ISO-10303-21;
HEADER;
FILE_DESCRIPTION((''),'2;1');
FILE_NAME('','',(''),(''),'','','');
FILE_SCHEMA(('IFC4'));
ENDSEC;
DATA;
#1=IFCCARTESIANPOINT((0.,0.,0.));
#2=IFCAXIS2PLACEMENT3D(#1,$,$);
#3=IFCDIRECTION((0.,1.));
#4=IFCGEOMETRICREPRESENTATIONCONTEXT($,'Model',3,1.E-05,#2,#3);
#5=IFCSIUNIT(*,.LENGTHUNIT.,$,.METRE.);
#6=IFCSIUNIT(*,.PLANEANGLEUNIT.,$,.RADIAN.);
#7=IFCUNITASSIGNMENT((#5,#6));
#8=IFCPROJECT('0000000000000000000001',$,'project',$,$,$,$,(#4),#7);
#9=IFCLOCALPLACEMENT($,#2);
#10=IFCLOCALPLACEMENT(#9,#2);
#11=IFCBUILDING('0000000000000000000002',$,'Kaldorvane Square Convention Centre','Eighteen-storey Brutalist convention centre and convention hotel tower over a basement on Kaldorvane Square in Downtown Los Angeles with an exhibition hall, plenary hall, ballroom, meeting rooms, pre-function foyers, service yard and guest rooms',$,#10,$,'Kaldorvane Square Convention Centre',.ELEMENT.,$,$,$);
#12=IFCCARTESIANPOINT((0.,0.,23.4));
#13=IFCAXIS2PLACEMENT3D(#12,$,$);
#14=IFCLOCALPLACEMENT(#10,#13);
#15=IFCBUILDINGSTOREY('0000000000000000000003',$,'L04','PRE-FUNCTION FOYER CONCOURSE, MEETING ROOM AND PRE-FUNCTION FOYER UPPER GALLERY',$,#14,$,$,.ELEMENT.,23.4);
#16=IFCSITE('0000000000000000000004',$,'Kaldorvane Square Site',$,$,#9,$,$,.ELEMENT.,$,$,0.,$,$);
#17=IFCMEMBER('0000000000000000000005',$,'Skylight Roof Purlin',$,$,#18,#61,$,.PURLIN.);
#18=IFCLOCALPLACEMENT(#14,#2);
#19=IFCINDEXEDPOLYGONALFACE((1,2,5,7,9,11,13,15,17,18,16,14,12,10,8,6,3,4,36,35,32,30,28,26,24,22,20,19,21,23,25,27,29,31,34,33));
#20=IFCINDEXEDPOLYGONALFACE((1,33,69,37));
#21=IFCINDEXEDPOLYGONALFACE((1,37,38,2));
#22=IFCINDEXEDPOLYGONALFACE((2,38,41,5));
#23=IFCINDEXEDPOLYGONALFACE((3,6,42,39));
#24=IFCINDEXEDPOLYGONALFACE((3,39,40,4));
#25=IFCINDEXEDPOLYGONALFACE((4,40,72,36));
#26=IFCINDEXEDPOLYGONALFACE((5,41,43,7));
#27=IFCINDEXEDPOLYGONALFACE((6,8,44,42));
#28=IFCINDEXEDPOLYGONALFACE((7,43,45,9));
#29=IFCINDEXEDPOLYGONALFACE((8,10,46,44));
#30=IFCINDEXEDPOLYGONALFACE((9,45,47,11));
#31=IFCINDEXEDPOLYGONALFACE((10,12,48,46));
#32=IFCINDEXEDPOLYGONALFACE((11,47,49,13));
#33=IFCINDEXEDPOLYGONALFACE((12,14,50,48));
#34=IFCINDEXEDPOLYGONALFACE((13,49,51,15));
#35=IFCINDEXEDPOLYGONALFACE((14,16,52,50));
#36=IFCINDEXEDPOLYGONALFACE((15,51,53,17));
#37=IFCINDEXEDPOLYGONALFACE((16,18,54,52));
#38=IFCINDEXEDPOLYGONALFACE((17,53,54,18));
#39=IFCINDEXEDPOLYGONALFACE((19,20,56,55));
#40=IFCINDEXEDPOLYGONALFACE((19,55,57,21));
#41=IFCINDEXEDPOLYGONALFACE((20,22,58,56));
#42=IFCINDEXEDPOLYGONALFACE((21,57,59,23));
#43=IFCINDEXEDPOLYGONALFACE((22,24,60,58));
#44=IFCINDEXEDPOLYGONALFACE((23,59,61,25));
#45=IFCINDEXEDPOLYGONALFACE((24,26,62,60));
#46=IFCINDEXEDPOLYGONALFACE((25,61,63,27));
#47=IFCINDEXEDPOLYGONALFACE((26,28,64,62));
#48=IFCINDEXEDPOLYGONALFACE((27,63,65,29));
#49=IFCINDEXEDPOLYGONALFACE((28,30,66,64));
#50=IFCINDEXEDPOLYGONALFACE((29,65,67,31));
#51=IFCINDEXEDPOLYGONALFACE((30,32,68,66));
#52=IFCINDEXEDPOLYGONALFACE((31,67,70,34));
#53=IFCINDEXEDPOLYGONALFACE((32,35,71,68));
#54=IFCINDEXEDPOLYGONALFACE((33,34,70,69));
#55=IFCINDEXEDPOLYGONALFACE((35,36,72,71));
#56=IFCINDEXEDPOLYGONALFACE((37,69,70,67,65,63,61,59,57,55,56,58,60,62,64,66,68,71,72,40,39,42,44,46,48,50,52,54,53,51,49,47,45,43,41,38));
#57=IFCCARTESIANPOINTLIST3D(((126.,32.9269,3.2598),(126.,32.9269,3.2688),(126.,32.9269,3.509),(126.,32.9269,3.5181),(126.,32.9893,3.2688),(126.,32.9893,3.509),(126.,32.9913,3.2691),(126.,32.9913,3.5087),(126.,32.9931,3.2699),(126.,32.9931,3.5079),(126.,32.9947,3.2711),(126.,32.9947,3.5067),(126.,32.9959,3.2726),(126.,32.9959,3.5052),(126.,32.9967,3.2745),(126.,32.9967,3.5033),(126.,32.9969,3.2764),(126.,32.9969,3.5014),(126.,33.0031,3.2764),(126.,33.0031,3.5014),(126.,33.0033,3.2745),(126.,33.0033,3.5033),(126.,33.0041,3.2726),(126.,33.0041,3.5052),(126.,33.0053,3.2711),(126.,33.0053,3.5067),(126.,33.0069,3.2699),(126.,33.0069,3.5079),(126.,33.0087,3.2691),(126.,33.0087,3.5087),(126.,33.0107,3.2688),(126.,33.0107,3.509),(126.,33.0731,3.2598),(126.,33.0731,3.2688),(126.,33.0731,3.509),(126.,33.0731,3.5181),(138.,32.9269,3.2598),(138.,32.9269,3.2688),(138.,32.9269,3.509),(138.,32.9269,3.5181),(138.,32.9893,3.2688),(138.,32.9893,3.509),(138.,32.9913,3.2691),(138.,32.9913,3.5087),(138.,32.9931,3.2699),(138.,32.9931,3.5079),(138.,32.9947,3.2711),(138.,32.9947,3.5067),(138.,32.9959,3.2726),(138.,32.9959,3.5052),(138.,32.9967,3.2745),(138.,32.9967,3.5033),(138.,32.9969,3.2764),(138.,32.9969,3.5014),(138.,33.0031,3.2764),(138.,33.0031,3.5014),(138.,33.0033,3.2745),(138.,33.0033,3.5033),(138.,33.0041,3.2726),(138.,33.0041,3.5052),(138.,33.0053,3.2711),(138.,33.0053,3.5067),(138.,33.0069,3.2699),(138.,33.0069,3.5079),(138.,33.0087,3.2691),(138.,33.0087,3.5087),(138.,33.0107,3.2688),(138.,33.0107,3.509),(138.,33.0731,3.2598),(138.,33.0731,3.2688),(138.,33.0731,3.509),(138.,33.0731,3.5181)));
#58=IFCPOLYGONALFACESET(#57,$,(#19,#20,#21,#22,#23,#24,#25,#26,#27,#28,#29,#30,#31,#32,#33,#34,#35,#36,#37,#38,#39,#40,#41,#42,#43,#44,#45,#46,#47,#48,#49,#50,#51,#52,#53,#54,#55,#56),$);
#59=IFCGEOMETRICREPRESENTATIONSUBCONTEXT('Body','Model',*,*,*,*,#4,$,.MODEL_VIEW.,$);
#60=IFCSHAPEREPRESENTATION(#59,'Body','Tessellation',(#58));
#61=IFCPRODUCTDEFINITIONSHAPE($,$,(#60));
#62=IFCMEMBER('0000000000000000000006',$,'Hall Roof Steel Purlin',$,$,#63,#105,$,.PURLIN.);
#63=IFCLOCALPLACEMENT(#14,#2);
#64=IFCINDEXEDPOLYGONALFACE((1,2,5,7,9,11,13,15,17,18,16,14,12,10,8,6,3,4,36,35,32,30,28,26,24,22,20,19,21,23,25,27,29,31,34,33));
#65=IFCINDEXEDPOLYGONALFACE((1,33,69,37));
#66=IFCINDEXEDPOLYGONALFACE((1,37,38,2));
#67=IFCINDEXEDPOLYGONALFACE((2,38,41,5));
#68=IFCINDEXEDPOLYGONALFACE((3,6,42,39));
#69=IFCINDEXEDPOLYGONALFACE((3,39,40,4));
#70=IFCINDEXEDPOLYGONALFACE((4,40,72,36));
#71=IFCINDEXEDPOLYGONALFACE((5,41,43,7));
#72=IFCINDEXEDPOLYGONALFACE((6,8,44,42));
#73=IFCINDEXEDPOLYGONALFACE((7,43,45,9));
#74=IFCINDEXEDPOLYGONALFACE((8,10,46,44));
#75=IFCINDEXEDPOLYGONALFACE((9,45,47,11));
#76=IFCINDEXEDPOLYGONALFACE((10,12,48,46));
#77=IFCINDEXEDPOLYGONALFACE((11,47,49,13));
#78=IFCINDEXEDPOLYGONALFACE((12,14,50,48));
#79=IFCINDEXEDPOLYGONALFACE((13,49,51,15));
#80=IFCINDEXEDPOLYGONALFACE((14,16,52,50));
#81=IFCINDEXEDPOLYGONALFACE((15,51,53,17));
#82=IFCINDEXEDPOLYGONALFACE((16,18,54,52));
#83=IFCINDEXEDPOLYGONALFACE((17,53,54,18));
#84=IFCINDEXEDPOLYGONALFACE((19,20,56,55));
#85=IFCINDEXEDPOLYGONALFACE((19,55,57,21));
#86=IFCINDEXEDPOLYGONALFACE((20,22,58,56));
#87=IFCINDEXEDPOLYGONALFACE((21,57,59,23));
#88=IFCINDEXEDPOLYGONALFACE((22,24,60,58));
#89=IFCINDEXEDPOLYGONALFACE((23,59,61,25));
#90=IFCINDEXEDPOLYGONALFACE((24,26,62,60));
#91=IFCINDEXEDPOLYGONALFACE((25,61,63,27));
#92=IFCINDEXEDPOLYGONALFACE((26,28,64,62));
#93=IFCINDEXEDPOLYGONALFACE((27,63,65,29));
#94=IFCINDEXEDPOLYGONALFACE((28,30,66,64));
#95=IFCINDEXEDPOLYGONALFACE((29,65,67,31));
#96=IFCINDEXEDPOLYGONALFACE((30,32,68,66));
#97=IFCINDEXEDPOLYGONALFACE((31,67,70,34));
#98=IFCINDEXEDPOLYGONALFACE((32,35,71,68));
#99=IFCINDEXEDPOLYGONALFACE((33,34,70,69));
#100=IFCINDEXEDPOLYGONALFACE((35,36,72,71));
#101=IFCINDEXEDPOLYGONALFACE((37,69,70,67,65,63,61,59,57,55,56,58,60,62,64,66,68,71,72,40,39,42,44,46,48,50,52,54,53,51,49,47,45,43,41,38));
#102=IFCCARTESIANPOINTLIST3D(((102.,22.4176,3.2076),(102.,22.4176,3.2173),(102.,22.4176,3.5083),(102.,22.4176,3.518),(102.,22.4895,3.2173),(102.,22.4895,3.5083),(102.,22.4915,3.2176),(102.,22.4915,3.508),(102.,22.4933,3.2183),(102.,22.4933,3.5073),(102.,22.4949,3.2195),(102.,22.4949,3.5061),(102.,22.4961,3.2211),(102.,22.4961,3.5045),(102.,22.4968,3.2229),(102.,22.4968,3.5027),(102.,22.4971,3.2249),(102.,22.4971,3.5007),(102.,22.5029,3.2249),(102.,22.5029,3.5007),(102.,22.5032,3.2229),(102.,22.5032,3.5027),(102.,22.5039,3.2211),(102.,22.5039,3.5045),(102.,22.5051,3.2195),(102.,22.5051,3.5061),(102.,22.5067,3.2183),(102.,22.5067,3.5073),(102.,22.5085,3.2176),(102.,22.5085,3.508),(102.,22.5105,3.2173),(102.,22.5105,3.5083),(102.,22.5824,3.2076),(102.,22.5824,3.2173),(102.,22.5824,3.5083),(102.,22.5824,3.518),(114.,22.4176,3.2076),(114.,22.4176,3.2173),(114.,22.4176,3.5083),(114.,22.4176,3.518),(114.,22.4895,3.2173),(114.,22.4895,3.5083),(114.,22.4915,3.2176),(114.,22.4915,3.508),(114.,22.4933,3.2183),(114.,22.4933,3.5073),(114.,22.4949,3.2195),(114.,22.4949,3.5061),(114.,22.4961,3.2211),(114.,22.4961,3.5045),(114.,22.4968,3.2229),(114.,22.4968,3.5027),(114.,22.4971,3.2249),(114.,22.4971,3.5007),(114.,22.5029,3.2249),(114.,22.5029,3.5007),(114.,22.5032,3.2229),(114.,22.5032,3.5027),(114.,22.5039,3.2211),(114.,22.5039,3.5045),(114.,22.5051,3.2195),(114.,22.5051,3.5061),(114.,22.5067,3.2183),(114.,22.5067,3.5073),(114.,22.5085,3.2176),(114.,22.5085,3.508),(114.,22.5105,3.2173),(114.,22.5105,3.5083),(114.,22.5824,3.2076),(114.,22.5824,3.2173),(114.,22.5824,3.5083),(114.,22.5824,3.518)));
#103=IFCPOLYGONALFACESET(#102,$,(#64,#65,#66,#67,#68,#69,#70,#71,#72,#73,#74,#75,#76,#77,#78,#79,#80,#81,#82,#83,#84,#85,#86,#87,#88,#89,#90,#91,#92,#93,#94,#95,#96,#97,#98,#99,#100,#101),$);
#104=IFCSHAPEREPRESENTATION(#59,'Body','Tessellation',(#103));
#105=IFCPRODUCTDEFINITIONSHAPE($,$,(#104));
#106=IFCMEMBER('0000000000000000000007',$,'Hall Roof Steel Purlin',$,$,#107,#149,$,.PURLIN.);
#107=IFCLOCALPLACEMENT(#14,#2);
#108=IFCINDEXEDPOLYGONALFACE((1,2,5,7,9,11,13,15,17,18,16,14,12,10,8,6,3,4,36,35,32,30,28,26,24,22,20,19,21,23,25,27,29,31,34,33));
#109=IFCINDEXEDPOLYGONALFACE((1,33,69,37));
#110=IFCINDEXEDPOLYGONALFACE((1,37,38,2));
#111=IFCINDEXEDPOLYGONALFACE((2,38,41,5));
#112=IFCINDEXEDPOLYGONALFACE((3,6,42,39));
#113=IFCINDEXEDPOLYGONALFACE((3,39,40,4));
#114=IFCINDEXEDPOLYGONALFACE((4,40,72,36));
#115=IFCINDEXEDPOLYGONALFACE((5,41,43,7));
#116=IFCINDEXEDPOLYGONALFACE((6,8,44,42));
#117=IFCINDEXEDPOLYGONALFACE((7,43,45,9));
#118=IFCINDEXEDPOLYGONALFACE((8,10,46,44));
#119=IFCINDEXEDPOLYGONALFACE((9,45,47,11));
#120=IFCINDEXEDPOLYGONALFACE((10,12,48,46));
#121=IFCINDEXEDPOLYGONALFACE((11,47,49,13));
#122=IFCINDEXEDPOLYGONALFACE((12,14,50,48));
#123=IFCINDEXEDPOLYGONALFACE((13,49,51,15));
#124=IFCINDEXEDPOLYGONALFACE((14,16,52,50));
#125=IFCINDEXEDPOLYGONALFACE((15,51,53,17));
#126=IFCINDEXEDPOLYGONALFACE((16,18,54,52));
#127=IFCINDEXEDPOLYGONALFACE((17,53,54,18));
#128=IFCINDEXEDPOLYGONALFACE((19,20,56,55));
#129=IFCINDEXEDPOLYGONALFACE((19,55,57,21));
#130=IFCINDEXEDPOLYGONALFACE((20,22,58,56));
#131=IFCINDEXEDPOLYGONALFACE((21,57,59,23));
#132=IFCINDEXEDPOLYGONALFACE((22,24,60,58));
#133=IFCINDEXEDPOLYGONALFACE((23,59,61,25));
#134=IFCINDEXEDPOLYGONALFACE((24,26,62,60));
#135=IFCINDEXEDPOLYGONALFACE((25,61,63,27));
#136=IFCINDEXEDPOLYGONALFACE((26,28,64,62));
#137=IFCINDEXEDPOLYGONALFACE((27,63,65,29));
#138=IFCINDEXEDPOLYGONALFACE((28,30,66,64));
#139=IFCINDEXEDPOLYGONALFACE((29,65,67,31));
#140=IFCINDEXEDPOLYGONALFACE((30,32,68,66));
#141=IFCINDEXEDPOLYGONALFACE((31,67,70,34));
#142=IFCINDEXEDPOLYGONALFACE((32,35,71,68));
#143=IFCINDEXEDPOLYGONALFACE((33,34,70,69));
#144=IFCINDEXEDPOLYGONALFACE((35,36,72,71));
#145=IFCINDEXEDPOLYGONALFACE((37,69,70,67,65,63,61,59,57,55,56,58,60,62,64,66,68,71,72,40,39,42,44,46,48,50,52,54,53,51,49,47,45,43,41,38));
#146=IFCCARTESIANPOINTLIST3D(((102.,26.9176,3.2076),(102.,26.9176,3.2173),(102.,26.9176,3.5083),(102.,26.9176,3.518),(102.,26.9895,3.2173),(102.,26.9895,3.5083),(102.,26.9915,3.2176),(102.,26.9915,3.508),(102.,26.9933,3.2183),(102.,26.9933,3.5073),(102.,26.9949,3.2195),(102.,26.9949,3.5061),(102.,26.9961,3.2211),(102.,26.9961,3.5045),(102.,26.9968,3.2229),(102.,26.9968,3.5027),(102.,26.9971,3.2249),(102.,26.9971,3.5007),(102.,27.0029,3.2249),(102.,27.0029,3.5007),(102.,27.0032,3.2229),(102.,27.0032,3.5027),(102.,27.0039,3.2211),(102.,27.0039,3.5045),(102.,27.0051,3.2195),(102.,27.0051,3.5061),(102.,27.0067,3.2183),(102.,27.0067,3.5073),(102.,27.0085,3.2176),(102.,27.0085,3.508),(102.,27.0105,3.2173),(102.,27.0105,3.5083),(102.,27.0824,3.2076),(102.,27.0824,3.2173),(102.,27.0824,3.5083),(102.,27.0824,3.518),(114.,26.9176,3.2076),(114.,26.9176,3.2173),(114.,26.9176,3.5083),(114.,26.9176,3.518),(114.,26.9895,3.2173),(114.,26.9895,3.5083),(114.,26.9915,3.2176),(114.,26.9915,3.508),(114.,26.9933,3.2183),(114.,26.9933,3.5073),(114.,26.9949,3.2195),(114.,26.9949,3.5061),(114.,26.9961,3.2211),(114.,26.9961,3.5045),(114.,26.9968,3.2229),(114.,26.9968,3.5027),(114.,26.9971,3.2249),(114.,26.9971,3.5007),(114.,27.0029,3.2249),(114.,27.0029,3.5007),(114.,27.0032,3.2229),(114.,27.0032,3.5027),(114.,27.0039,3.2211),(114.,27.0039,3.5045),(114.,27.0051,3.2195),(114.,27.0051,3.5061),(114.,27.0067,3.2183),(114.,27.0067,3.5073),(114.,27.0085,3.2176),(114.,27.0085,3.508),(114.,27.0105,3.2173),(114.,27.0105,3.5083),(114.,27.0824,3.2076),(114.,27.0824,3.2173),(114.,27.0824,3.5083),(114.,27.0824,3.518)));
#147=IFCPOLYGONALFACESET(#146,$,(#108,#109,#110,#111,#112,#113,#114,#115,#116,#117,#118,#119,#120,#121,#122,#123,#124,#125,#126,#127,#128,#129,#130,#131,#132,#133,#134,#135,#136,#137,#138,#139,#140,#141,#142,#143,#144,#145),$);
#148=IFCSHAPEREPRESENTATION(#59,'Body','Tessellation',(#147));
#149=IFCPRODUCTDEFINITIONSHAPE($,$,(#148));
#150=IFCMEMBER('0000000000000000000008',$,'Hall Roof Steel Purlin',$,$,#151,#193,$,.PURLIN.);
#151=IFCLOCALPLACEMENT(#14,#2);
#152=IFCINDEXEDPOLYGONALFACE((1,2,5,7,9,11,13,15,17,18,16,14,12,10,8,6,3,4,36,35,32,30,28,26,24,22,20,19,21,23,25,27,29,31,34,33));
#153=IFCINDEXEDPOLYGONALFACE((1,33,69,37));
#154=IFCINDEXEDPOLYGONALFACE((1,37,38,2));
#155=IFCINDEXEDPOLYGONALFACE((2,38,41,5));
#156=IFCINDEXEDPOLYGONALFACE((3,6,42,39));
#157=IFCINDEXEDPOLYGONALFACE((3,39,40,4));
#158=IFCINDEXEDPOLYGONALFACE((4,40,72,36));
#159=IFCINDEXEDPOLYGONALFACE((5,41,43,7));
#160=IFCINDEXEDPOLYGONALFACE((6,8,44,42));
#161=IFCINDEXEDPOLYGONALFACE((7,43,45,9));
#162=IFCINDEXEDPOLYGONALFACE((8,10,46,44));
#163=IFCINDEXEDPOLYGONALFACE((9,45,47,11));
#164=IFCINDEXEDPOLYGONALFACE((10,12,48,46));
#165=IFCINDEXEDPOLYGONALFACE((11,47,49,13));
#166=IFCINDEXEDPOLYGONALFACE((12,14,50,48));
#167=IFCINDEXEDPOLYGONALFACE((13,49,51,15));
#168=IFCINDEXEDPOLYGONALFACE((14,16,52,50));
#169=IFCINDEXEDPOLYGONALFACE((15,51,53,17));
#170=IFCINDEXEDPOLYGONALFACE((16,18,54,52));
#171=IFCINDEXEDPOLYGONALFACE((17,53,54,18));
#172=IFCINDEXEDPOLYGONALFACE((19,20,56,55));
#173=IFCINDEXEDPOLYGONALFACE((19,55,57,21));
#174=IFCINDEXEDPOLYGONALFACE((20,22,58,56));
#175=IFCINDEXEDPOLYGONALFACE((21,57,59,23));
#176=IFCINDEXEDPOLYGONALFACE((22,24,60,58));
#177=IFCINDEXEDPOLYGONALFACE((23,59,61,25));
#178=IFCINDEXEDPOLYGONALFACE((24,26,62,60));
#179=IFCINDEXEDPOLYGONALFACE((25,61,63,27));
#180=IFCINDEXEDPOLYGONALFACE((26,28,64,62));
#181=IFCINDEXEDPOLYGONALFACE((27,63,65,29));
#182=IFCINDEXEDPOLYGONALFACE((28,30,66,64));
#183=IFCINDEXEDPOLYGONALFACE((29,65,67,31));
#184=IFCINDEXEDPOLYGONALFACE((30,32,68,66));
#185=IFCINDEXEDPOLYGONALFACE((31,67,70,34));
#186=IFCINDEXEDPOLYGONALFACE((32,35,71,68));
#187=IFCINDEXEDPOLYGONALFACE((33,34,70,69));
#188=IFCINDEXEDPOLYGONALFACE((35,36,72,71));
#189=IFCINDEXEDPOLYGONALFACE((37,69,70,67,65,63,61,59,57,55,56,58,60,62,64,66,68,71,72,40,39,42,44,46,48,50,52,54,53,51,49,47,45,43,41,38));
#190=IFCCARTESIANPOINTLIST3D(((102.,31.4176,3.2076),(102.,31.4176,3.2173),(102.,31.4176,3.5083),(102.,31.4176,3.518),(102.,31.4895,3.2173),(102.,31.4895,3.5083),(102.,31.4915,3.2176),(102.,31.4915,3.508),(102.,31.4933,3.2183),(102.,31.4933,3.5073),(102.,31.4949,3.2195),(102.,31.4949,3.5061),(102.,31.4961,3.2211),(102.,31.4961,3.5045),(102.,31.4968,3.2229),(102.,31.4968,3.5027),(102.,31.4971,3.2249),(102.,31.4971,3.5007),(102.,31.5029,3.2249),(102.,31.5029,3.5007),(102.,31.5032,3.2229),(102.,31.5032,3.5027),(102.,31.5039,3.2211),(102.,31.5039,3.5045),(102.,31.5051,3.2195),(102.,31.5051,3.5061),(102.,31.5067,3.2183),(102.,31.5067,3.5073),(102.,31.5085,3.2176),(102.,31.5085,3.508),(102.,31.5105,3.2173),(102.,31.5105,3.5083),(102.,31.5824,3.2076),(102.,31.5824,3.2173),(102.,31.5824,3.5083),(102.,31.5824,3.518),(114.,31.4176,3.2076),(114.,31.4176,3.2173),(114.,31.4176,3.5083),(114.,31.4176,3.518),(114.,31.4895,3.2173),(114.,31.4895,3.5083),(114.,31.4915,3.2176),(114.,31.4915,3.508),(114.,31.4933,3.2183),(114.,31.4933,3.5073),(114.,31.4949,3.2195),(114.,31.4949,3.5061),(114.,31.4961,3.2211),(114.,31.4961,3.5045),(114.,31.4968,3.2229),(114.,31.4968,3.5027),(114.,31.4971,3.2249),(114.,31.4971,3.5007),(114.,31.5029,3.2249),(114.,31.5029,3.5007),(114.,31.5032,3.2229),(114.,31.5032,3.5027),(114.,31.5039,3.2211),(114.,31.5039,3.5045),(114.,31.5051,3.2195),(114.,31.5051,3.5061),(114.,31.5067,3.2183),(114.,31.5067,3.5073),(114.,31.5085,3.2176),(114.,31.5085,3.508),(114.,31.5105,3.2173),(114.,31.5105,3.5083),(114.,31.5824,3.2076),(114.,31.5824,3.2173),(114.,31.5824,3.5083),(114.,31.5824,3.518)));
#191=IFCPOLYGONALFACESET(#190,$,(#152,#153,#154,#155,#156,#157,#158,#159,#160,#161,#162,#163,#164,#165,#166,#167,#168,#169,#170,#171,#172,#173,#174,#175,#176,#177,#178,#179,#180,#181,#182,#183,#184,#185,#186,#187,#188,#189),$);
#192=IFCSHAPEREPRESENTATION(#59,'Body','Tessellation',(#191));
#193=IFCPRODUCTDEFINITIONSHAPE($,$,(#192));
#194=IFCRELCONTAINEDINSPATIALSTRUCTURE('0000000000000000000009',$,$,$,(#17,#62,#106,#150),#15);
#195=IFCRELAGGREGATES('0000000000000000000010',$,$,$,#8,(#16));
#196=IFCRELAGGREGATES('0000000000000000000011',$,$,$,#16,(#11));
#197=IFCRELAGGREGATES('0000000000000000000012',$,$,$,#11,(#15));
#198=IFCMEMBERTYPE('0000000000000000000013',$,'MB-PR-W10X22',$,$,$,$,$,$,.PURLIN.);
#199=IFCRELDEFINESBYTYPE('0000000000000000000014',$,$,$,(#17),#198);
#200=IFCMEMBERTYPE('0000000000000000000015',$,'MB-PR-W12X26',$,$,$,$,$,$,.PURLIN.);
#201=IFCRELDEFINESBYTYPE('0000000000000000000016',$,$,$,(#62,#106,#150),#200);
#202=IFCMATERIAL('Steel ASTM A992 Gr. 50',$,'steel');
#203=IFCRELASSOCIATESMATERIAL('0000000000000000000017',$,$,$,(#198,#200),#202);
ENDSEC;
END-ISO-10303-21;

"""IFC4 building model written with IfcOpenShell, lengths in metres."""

from ifc_helpers import new_model, si_unit, direction, frame, origin, origin_2d, place, context, subcontext, project, spatial, i_section, extrude, material, material_profile, profile_set, type_object, element, save


model = new_model("IFC4")

# Units and contexts
model_context = context("Model", 3, precision=1e-05, world=origin(), true_north=direction((0.0, 1.0)))
body_context = subcontext(model_context, "Body", "Model", "MODEL_VIEW")
ifc_project = project(units=[si_unit("LENGTHUNIT", "METRE"), si_unit("PLANEANGLEUNIT", "RADIAN")], contexts=[model_context])

# Site, building, storey
site_placement = place(None, origin())
site = spatial("IfcSite", under=ifc_project, at=site_placement, Name="Kaldorvane Square Site", CompositionType="ELEMENT", RefElevation=0.0)
building_placement = place(site_placement, origin())
building = spatial("IfcBuilding", under=site, at=building_placement, Name="Kaldorvane Square Convention Centre", Description="Eighteen-storey Brutalist convention centre and convention hotel tower over a basement on Kaldorvane Square in Downtown Los Angeles with an exhibition hall, plenary hall, ballroom, meeting rooms, pre-function foyers, service yard and guest rooms", LongName="Kaldorvane Square Convention Centre", CompositionType="ELEMENT")
storey_placement = place(building_placement, frame((0.0, 0.0, 23.4)))
storey = spatial("IfcBuildingStorey", under=building, at=storey_placement, Name="L04", Description="PRE-FUNCTION FOYER CONCOURSE, MEETING ROOM AND PRE-FUNCTION FOYER UPPER GALLERY", CompositionType="ELEMENT", Elevation=23.4)

# Shared definitions
ifc_material_1 = material(Name="Steel ASTM A992 Gr. 50", Category="steel")

# Members
ifc_material_profile_1 = material_profile(ifc_material_1, i_section(OverallWidth=0.1461, OverallDepth=0.2583, WebThickness=0.0061, FlangeThickness=0.0091, FilletRadius=0.0076, at=origin_2d()), Name="W10X22")
ifc_profile_set_1 = profile_set([ifc_material_profile_1], Name="Steel ASTM A992 Gr. 50")
member_type_1 = type_object("IfcMemberType", Name="MB-PR-W10X22", PredefinedType="PURLIN", material=ifc_profile_set_1)
for number, where, z_axis, x_axis, name in (
    (1, (126.0, 33.0, 3.3889), (1.0, 0.0, 0.0), (0.0, 1.0, 0.0), "Skylight Roof Purlin"),
):
    element("IfcMember", number, at=place(storey_placement, frame(where, z_axis=z_axis, x_axis=x_axis)), inside=storey, type_object=member_type_1, Name=name, PredefinedType="PURLIN", context=body_context, shape_type="SweptSolid", body=[
        extrude(i_section(OverallWidth=0.1461, OverallDepth=0.2583, WebThickness=0.0061, FlangeThickness=0.0091, FilletRadius=0.0076, at=origin_2d()), origin(), (0.0, 0.0, 1.0), 12.0),
    ])
ifc_material_profile_2 = material_profile(ifc_material_1, i_section(OverallWidth=0.1648, OverallDepth=0.3104, WebThickness=0.0058, FlangeThickness=0.0097, FilletRadius=0.0076, at=origin_2d()), Name="W12X26")
ifc_profile_set_2 = profile_set([ifc_material_profile_2], Name="Steel ASTM A992 Gr. 50")
member_type_2 = type_object("IfcMemberType", Name="MB-PR-W12X26", PredefinedType="PURLIN", material=ifc_profile_set_2)
for number, where, z_axis, x_axis, name in (
    (2, (102.0, 22.5, 3.3628), (1.0, 0.0, 0.0), (0.0, 1.0, 0.0), "Hall Roof Steel Purlin"),
    (3, (102.0, 27.0, 3.3628), (1.0, 0.0, 0.0), (0.0, 1.0, 0.0), "Hall Roof Steel Purlin"),
    (4, (102.0, 31.5, 3.3628), (1.0, 0.0, 0.0), (0.0, 1.0, 0.0), "Hall Roof Steel Purlin"),
):
    element("IfcMember", number, at=place(storey_placement, frame(where, z_axis=z_axis, x_axis=x_axis)), inside=storey, type_object=member_type_2, Name=name, PredefinedType="PURLIN", context=body_context, shape_type="SweptSolid", body=[
        extrude(i_section(OverallWidth=0.1648, OverallDepth=0.3104, WebThickness=0.0058, FlangeThickness=0.0097, FilletRadius=0.0076, at=origin_2d()), origin(), (0.0, 0.0, 1.0), 12.0),
    ])

save(model, "model.ifc")
